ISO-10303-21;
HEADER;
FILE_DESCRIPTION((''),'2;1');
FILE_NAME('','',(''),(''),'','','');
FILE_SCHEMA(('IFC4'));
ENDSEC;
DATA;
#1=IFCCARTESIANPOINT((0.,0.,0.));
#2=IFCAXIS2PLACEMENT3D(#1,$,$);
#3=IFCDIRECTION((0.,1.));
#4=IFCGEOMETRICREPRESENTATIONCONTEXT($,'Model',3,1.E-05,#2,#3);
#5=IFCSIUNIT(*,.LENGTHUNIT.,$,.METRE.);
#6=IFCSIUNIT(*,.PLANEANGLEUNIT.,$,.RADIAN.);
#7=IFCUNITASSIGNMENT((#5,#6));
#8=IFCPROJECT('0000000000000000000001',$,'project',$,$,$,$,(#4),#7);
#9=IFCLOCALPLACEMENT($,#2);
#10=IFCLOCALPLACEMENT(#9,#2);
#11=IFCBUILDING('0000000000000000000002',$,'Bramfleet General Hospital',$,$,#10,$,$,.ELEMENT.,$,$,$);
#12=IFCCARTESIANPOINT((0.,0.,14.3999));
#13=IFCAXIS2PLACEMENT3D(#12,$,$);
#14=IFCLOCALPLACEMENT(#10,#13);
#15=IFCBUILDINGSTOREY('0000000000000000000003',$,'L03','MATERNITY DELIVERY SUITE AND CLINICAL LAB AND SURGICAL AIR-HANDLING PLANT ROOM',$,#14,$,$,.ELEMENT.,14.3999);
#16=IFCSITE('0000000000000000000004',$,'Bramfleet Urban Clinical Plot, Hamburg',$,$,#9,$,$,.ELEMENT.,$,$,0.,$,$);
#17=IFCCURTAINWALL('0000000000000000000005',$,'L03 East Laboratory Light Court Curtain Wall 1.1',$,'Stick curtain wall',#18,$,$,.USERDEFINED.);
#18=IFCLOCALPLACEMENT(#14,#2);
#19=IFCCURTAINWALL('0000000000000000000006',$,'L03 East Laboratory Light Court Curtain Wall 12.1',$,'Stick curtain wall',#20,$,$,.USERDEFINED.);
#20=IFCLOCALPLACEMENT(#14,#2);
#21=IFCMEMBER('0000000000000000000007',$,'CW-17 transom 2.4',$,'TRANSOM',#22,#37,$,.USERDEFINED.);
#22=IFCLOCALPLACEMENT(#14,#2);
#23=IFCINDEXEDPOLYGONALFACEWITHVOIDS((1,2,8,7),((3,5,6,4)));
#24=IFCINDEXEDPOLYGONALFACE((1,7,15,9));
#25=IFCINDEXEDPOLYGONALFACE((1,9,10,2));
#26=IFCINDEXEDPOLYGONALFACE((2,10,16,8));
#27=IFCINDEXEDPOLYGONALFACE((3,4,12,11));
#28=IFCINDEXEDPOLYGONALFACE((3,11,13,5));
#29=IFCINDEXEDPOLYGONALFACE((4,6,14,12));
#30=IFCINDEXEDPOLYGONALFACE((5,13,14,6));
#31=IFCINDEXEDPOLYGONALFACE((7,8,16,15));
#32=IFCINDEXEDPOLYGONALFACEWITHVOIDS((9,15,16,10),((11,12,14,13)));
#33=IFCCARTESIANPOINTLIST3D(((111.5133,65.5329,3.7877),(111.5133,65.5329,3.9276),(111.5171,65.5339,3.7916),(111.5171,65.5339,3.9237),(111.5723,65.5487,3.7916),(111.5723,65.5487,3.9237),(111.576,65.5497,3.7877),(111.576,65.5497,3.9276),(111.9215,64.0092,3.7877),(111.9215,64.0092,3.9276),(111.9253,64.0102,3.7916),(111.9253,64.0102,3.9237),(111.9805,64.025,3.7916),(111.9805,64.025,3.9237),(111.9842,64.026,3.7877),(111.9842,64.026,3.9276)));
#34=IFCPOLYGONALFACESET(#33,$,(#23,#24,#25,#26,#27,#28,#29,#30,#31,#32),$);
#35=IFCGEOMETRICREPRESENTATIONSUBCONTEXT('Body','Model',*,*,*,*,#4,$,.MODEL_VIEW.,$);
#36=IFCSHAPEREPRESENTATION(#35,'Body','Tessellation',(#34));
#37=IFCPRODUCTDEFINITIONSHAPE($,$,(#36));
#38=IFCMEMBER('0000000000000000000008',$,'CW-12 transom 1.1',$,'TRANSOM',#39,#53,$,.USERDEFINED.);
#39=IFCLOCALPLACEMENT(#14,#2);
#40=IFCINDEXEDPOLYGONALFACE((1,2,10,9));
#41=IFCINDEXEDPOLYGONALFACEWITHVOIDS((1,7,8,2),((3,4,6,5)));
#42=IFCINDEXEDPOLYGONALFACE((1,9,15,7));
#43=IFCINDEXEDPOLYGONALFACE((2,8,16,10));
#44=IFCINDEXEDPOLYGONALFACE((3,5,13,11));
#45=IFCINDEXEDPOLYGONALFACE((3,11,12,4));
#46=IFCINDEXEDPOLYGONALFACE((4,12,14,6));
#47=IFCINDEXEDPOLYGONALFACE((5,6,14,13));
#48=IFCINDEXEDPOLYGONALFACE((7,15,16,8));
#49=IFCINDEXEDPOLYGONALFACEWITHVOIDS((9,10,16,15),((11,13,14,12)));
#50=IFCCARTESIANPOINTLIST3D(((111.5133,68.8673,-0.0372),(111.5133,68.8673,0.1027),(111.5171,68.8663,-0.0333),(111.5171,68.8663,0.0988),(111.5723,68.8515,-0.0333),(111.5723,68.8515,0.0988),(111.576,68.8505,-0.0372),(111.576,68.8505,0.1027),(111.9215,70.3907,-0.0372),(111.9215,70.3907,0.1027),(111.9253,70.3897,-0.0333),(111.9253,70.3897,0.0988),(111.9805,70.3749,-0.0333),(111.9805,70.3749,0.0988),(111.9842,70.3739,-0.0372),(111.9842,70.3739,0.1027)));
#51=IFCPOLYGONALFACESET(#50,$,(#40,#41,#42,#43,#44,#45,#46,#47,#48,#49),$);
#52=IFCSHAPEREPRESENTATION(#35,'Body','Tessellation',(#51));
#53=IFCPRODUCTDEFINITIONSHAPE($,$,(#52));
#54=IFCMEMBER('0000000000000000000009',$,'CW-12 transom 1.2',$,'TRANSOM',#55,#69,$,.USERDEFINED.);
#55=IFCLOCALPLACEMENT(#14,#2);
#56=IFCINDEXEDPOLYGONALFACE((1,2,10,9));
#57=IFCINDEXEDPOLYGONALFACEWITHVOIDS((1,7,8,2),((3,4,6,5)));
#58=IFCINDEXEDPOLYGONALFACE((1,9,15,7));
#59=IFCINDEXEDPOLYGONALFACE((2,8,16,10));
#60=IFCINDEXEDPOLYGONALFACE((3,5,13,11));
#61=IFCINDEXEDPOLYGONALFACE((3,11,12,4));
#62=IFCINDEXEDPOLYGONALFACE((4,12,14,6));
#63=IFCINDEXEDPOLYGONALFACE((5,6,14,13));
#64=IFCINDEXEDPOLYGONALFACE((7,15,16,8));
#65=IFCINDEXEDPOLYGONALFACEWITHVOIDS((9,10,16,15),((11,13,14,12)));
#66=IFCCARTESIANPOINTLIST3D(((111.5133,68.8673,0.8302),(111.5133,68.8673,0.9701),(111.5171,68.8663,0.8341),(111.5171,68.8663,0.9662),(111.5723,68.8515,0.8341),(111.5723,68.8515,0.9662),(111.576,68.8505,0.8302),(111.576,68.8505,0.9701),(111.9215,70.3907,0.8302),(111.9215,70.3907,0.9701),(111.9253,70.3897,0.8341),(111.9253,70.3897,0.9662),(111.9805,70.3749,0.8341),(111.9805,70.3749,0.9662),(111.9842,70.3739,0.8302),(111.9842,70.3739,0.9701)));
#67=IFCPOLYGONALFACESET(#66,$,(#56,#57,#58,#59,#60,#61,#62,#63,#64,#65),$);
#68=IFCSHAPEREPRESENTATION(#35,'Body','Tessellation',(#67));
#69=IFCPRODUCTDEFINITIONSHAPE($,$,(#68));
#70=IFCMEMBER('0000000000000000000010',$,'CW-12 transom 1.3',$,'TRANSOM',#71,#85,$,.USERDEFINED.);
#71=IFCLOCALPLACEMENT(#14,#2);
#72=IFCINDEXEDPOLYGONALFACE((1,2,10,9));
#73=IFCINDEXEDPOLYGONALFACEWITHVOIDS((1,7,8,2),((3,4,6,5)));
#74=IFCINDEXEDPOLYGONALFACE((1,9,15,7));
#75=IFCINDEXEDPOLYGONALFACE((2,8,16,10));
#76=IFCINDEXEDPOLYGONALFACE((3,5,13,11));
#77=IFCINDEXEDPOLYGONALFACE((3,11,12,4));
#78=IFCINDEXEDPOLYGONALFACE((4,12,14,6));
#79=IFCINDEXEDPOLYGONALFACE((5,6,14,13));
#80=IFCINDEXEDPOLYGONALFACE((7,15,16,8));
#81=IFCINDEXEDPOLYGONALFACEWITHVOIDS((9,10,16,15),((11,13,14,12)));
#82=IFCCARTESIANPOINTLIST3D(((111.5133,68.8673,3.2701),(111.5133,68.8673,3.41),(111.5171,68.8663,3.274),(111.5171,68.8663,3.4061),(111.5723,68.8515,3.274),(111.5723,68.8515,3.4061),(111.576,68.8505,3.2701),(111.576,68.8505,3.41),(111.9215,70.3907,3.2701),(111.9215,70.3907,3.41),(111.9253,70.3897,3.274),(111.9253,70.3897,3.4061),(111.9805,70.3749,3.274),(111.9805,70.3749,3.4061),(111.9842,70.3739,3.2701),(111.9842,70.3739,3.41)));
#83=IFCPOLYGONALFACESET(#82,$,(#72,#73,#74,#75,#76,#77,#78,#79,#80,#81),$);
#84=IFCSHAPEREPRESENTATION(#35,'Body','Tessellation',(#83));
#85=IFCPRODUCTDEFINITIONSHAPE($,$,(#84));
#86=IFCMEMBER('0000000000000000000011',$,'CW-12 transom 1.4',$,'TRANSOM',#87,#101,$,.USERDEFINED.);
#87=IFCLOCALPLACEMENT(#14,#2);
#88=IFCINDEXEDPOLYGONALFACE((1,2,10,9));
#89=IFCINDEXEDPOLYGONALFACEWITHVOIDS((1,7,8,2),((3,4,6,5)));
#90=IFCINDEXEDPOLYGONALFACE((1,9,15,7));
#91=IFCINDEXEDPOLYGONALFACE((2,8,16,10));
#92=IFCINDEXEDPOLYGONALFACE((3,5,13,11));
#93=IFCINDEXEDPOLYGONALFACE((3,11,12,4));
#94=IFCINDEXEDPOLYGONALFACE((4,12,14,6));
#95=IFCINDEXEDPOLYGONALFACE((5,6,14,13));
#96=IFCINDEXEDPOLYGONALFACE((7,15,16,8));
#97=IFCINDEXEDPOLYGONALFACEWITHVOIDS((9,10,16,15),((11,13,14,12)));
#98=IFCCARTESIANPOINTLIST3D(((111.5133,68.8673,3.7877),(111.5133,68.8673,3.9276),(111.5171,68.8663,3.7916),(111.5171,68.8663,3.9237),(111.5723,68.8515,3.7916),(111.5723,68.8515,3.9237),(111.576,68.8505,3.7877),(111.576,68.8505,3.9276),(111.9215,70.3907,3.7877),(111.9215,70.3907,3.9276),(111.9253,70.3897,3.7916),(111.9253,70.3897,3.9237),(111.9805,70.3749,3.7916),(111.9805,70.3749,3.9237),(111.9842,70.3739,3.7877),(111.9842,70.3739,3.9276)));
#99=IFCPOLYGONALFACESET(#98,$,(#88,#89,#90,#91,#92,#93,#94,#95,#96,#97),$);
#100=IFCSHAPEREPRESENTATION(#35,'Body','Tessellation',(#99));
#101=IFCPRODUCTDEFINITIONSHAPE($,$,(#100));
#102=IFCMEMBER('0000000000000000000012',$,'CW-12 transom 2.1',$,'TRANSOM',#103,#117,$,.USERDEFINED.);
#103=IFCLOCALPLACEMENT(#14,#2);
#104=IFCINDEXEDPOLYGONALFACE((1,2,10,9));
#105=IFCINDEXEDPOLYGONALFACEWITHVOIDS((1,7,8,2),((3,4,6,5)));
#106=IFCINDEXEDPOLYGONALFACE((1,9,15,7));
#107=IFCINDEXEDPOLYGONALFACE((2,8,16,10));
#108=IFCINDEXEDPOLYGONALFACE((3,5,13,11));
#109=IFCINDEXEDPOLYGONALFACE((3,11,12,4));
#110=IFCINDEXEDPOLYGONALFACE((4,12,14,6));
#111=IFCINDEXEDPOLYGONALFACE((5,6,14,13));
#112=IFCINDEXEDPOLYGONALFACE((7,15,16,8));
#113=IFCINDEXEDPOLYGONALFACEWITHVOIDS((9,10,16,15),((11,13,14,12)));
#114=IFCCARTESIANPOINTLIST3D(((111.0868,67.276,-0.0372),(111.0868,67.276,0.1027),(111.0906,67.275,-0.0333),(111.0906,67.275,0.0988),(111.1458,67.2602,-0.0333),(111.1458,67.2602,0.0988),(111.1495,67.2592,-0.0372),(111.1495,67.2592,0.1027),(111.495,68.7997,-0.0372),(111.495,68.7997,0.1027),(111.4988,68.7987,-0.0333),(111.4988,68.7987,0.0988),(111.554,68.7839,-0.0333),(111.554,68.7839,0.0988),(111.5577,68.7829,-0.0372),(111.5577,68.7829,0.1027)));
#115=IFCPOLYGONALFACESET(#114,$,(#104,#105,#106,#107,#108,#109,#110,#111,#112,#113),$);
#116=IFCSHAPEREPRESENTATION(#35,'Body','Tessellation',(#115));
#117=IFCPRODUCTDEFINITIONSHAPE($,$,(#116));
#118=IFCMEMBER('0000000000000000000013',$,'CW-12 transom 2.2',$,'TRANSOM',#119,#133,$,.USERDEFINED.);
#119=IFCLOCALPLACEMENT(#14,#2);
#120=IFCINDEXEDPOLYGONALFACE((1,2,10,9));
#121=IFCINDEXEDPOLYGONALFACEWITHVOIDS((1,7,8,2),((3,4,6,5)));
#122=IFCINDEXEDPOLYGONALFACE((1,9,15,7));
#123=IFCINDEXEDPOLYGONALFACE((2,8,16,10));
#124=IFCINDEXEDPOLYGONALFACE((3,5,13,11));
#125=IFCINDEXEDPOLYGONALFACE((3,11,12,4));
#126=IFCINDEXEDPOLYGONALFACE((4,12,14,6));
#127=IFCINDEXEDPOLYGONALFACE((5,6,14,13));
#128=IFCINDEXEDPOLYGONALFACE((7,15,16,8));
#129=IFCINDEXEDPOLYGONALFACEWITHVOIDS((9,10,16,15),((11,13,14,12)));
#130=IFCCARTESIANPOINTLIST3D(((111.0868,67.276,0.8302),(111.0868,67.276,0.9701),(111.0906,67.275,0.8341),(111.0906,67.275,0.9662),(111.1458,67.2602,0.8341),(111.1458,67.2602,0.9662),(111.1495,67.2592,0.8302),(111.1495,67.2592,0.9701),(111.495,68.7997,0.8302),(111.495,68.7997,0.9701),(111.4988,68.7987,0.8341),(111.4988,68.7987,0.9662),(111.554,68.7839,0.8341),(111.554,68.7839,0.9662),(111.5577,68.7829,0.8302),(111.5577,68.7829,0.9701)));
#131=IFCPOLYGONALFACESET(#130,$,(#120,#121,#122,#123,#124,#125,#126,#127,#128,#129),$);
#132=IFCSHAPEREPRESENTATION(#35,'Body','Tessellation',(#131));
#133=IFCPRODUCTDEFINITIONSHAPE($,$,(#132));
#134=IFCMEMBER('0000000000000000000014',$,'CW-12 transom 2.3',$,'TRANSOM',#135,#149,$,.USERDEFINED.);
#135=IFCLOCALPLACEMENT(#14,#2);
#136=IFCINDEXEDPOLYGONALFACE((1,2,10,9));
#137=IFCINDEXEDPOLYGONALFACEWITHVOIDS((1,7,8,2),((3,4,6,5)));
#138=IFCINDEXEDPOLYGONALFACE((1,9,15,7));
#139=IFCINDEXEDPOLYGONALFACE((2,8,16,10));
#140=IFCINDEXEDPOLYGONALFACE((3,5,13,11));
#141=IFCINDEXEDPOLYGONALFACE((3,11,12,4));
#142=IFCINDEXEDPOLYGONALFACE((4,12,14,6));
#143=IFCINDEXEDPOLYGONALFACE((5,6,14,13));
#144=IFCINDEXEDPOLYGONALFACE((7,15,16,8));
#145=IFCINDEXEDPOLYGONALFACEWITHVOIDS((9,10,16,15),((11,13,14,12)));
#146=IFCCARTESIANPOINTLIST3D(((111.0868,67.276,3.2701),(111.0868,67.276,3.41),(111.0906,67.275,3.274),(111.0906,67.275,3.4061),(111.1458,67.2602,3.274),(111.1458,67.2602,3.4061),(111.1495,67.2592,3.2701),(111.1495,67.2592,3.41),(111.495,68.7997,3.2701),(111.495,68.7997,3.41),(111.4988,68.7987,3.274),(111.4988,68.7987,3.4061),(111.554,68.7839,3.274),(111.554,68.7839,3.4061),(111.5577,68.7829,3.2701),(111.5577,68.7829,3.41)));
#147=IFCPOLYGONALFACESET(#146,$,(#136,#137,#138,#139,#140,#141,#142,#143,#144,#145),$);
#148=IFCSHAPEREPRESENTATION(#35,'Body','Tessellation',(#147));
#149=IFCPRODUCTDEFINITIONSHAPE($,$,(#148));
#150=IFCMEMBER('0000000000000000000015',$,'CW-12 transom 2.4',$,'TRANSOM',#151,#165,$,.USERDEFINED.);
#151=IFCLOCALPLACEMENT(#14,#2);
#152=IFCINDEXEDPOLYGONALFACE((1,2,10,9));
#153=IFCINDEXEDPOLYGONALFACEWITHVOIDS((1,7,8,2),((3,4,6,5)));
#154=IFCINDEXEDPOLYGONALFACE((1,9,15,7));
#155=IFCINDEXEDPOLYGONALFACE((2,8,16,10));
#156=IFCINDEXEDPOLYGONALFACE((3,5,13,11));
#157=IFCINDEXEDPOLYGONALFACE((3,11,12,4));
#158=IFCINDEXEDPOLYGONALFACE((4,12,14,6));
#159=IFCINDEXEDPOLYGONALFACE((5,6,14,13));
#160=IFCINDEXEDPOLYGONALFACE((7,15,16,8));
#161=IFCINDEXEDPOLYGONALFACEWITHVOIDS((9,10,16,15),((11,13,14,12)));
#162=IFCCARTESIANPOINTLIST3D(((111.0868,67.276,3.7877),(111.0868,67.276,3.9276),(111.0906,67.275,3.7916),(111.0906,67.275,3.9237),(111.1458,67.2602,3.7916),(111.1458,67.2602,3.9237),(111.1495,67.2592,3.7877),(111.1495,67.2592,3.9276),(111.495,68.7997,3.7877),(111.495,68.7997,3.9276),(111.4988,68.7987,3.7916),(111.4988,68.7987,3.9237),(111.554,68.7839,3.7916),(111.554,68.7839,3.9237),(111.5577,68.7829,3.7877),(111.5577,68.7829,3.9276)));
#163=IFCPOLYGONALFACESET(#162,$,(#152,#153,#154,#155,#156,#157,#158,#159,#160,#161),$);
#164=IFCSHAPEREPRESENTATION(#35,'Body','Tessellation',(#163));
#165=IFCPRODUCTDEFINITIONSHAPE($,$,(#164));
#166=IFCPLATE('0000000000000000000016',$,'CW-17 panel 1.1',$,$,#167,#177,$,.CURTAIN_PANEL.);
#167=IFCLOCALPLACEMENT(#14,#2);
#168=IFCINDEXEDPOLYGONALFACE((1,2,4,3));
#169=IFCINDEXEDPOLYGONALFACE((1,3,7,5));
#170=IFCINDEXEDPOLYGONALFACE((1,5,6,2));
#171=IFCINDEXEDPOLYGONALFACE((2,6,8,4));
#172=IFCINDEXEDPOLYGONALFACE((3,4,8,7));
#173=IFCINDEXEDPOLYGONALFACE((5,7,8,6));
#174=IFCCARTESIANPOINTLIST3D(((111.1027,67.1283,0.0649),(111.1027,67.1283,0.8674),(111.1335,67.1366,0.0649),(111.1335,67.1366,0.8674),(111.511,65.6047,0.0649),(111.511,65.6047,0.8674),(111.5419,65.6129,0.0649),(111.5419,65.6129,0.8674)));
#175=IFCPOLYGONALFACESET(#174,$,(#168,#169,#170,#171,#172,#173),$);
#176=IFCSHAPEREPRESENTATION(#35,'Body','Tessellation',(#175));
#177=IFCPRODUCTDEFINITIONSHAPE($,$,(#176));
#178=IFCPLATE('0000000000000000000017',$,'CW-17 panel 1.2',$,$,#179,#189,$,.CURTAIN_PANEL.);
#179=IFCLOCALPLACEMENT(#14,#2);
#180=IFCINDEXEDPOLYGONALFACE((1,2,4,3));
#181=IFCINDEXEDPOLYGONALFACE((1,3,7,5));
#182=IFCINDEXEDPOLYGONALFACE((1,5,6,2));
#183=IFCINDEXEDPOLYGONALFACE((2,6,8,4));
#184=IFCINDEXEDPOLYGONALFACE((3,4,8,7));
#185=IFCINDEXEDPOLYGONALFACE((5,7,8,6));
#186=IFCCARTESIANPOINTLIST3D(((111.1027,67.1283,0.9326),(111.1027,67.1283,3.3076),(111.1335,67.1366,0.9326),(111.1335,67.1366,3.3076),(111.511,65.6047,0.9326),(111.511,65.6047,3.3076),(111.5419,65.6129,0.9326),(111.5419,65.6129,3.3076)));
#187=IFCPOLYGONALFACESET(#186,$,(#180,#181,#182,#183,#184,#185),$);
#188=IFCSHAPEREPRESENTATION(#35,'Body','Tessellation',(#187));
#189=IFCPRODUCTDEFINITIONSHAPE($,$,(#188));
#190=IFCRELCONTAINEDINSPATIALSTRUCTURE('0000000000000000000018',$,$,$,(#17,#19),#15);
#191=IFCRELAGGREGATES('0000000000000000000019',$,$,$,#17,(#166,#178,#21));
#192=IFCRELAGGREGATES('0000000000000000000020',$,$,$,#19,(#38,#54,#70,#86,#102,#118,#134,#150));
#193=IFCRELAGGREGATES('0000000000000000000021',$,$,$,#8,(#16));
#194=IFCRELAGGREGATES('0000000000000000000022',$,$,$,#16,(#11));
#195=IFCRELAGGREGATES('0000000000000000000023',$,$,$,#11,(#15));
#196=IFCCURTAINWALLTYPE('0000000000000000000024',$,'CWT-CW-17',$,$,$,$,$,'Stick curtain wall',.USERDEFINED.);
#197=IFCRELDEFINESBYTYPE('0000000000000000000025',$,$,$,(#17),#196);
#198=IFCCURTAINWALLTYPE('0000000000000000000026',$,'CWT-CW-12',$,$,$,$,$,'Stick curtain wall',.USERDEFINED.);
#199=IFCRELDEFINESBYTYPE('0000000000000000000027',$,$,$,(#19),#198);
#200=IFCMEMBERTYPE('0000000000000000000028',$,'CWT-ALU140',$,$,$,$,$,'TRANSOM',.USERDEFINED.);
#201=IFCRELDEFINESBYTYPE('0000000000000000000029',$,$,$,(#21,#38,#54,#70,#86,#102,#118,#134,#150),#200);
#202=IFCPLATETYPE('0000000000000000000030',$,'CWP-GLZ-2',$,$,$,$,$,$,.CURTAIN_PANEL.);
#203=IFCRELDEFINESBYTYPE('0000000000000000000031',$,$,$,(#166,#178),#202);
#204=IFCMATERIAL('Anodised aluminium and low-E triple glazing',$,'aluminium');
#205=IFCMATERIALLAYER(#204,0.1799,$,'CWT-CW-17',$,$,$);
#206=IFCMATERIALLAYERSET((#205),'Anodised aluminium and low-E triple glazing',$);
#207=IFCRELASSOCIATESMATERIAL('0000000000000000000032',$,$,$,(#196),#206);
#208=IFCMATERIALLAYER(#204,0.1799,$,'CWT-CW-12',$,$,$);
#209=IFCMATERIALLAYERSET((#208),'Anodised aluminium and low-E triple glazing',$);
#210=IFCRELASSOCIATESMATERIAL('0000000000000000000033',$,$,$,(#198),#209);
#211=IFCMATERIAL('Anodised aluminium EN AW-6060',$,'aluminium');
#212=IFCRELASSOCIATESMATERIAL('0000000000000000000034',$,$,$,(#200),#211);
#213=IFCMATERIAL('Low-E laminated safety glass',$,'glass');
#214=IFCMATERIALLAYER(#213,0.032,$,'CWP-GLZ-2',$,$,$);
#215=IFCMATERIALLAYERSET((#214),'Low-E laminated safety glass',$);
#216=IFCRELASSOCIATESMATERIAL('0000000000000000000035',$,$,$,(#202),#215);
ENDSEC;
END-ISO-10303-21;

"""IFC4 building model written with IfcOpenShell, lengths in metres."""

from ifc_helpers import new_model, si_unit, direction, frame, origin, origin_2d, place, context, subcontext, project, spatial, rectangle, hollow_rectangle, extrude, material, layer, layer_set, material_profile, profile_set, type_object, element, aggregate, save


model = new_model("IFC4")

# Units and contexts
model_context = context("Model", 3, precision=1e-05, world=origin(), true_north=direction((0.0, 1.0)))
body_context = subcontext(model_context, "Body", "Model", "MODEL_VIEW")
ifc_project = project(units=[si_unit("LENGTHUNIT", "METRE"), si_unit("PLANEANGLEUNIT", "RADIAN")], contexts=[model_context])

# Site, building, storey
site_placement = place(None, origin())
site = spatial("IfcSite", under=ifc_project, at=site_placement, Name="Bramfleet Urban Clinical Plot, Hamburg", CompositionType="ELEMENT", RefElevation=0.0)
building_placement = place(site_placement, origin())
building = spatial("IfcBuilding", under=site, at=building_placement, Name="Bramfleet General Hospital", CompositionType="ELEMENT")
storey_placement = place(building_placement, frame((0.0, 0.0, 14.3999)))
storey = spatial("IfcBuildingStorey", under=building, at=storey_placement, Name="L03", Description="MATERNITY DELIVERY SUITE AND CLINICAL LAB AND SURGICAL AIR-HANDLING PLANT ROOM", CompositionType="ELEMENT", Elevation=14.3999)

# Curtain walls
ifc_material_1 = material(Name="Anodised aluminium and low-E triple glazing", Category="aluminium")
ifc_layer_1 = layer(ifc_material_1, 0.1799, Name="CWT-CW-17")
ifc_layer_set_1 = layer_set([ifc_layer_1], Name="Anodised aluminium and low-E triple glazing")
curtain_wall_type_1 = type_object("IfcCurtainWallType", Name="CWT-CW-17", ElementType="Stick curtain wall", PredefinedType="USERDEFINED", material=ifc_layer_set_1)
curtain_wall_1_placement = place(storey_placement, origin())
curtain_wall_1 = element("IfcCurtainWall", 1, at=curtain_wall_1_placement, inside=storey, type_object=curtain_wall_type_1, Name="L03 East Laboratory Light Court Curtain Wall 1.1", ObjectType="Stick curtain wall", PredefinedType="USERDEFINED")
ifc_material_2 = material(Name="Anodised aluminium EN AW-6060", Category="aluminium")
ifc_layer_2 = layer(ifc_material_1, 0.1799, Name="CWT-CW-12")
ifc_layer_set_2 = layer_set([ifc_layer_2], Name="Anodised aluminium and low-E triple glazing")
curtain_wall_type_2 = type_object("IfcCurtainWallType", Name="CWT-CW-12", ElementType="Stick curtain wall", PredefinedType="USERDEFINED", material=ifc_layer_set_2)
curtain_wall_2_placement = place(storey_placement, origin())
curtain_wall_2 = element("IfcCurtainWall", 2, at=curtain_wall_2_placement, inside=storey, type_object=curtain_wall_type_2, Name="L03 East Laboratory Light Court Curtain Wall 12.1", ObjectType="Stick curtain wall", PredefinedType="USERDEFINED")

# Members
ifc_material_profile_1 = material_profile(ifc_material_2, hollow_rectangle(XDim=0.0649, YDim=0.1399, WallThickness=0.0039, at=origin_2d()), Name="ALU 140x65x4.0")
ifc_profile_set_1 = profile_set([ifc_material_profile_1], Name="Anodised aluminium EN AW-6060")
member_type_1 = type_object("IfcMemberType", Name="CWT-ALU140", ElementType="TRANSOM", PredefinedType="USERDEFINED", material=ifc_profile_set_1)
member_1_placement = place(storey_placement, frame((111.5447, 65.5413, 3.8577), z_axis=(0.25878, -0.965936, 0.0), x_axis=(0.965936, 0.25878, 0.0)))
member_1 = element("IfcMember", 3, at=member_1_placement, type_object=member_type_1, Name="CW-17 transom 2.4", ObjectType="TRANSOM", PredefinedType="USERDEFINED", context=body_context, shape_type="SweptSolid", body=[
    extrude(hollow_rectangle(XDim=0.0649, YDim=0.1399, WallThickness=0.0039, at=origin_2d()), origin(), (0.0, 0.0, 1.0), 1.5774),
])
member_2_placement = place(storey_placement, frame((111.9529, 70.3823, 0.0327), z_axis=(-0.258819, -0.965926, 0.0), x_axis=(0.965926, -0.258819, 0.0)))
member_2 = element("IfcMember", 4, at=member_2_placement, type_object=member_type_1, Name="CW-12 transom 1.1", ObjectType="TRANSOM", PredefinedType="USERDEFINED", context=body_context, shape_type="SweptSolid", body=[
    extrude(hollow_rectangle(XDim=0.0649, YDim=0.1399, WallThickness=0.0039, at=origin_2d()), origin(), (0.0, 0.0, 1.0), 1.5771),
])
member_3_placement = place(storey_placement, frame((111.9529, 70.3823, 0.9001), z_axis=(-0.258819, -0.965926, 0.0), x_axis=(0.965926, -0.258819, 0.0)))
member_3 = element("IfcMember", 5, at=member_3_placement, type_object=member_type_1, Name="CW-12 transom 1.2", ObjectType="TRANSOM", PredefinedType="USERDEFINED", context=body_context, shape_type="SweptSolid", body=[
    extrude(hollow_rectangle(XDim=0.0649, YDim=0.1399, WallThickness=0.0039, at=origin_2d()), origin(), (0.0, 0.0, 1.0), 1.5771),
])
member_4_placement = place(storey_placement, frame((111.9529, 70.3823, 3.3401), z_axis=(-0.258819, -0.965926, 0.0), x_axis=(0.965926, -0.258819, 0.0)))
member_4 = element("IfcMember", 6, at=member_4_placement, type_object=member_type_1, Name="CW-12 transom 1.3", ObjectType="TRANSOM", PredefinedType="USERDEFINED", context=body_context, shape_type="SweptSolid", body=[
    extrude(hollow_rectangle(XDim=0.0649, YDim=0.1399, WallThickness=0.0039, at=origin_2d()), origin(), (0.0, 0.0, 1.0), 1.5771),
])
member_5_placement = place(storey_placement, frame((111.9529, 70.3823, 3.8577), z_axis=(-0.258819, -0.965926, 0.0), x_axis=(0.965926, -0.258819, 0.0)))
member_5 = element("IfcMember", 7, at=member_5_placement, type_object=member_type_1, Name="CW-12 transom 1.4", ObjectType="TRANSOM", PredefinedType="USERDEFINED", context=body_context, shape_type="SweptSolid", body=[
    extrude(hollow_rectangle(XDim=0.0649, YDim=0.1399, WallThickness=0.0039, at=origin_2d()), origin(), (0.0, 0.0, 1.0), 1.5771),
])
member_6_placement = place(storey_placement, frame((111.5264, 68.7913, 0.0327), z_axis=(-0.25878, -0.965936, 0.0), x_axis=(0.965936, -0.25878, 0.0)))
member_6 = element("IfcMember", 8, at=member_6_placement, type_object=member_type_1, Name="CW-12 transom 2.1", ObjectType="TRANSOM", PredefinedType="USERDEFINED", context=body_context, shape_type="SweptSolid", body=[
    extrude(hollow_rectangle(XDim=0.0649, YDim=0.1399, WallThickness=0.0039, at=origin_2d()), origin(), (0.0, 0.0, 1.0), 1.5774),
])
member_7_placement = place(storey_placement, frame((111.5264, 68.7913, 0.9001), z_axis=(-0.25878, -0.965936, 0.0), x_axis=(0.965936, -0.25878, 0.0)))
member_7 = element("IfcMember", 9, at=member_7_placement, type_object=member_type_1, Name="CW-12 transom 2.2", ObjectType="TRANSOM", PredefinedType="USERDEFINED", context=body_context, shape_type="SweptSolid", body=[
    extrude(hollow_rectangle(XDim=0.0649, YDim=0.1399, WallThickness=0.0039, at=origin_2d()), origin(), (0.0, 0.0, 1.0), 1.5774),
])
member_8_placement = place(storey_placement, frame((111.5264, 68.7913, 3.3401), z_axis=(-0.25878, -0.965936, 0.0), x_axis=(0.965936, -0.25878, 0.0)))
member_8 = element("IfcMember", 10, at=member_8_placement, type_object=member_type_1, Name="CW-12 transom 2.3", ObjectType="TRANSOM", PredefinedType="USERDEFINED", context=body_context, shape_type="SweptSolid", body=[
    extrude(hollow_rectangle(XDim=0.0649, YDim=0.1399, WallThickness=0.0039, at=origin_2d()), origin(), (0.0, 0.0, 1.0), 1.5774),
])
member_9_placement = place(storey_placement, frame((111.5264, 68.7913, 3.8577), z_axis=(-0.25878, -0.965936, 0.0), x_axis=(0.965936, -0.25878, 0.0)))
member_9 = element("IfcMember", 11, at=member_9_placement, type_object=member_type_1, Name="CW-12 transom 2.4", ObjectType="TRANSOM", PredefinedType="USERDEFINED", context=body_context, shape_type="SweptSolid", body=[
    extrude(hollow_rectangle(XDim=0.0649, YDim=0.1399, WallThickness=0.0039, at=origin_2d()), origin(), (0.0, 0.0, 1.0), 1.5774),
])

# Plates
ifc_material_3 = material(Name="Low-E laminated safety glass", Category="glass")
ifc_layer_3 = layer(ifc_material_3, 0.032, Name="CWP-GLZ-2")
ifc_layer_set_3 = layer_set([ifc_layer_3], Name="Low-E laminated safety glass")
plate_type = type_object("IfcPlateType", Name="CWP-GLZ-2", PredefinedType="CURTAIN_PANEL", material=ifc_layer_set_3)
plate_1_placement = place(storey_placement, frame((111.3223, 66.3706, 0.0649), z_axis=(0.0, 0.0, 1.0), x_axis=(0.258865, -0.965914, 0.0)))
plate_1 = element("IfcPlate", 12, at=plate_1_placement, type_object=plate_type, Name="CW-17 panel 1.1", PredefinedType="CURTAIN_PANEL", context=body_context, shape_type="SweptSolid", body=[
    extrude(rectangle(XDim=1.5774, YDim=0.032, at=origin_2d()), origin(), (0.0, 0.0, 1.0), 0.8025),
])
plate_2_placement = place(storey_placement, frame((111.3223, 66.3706, 0.9326), z_axis=(0.0, 0.0, 1.0), x_axis=(0.258865, -0.965914, 0.0)))
plate_2 = element("IfcPlate", 13, at=plate_2_placement, type_object=plate_type, Name="CW-17 panel 1.2", PredefinedType="CURTAIN_PANEL", context=body_context, shape_type="SweptSolid", body=[
    extrude(rectangle(XDim=1.5774, YDim=0.032, at=origin_2d()), origin(), (0.0, 0.0, 1.0), 2.375),
])
aggregate(curtain_wall_1, [plate_1, plate_2, member_1])
aggregate(curtain_wall_2, [member_2, member_3, member_4, member_5, member_6, member_7, member_8, member_9])

save(model, "model.ifc")
